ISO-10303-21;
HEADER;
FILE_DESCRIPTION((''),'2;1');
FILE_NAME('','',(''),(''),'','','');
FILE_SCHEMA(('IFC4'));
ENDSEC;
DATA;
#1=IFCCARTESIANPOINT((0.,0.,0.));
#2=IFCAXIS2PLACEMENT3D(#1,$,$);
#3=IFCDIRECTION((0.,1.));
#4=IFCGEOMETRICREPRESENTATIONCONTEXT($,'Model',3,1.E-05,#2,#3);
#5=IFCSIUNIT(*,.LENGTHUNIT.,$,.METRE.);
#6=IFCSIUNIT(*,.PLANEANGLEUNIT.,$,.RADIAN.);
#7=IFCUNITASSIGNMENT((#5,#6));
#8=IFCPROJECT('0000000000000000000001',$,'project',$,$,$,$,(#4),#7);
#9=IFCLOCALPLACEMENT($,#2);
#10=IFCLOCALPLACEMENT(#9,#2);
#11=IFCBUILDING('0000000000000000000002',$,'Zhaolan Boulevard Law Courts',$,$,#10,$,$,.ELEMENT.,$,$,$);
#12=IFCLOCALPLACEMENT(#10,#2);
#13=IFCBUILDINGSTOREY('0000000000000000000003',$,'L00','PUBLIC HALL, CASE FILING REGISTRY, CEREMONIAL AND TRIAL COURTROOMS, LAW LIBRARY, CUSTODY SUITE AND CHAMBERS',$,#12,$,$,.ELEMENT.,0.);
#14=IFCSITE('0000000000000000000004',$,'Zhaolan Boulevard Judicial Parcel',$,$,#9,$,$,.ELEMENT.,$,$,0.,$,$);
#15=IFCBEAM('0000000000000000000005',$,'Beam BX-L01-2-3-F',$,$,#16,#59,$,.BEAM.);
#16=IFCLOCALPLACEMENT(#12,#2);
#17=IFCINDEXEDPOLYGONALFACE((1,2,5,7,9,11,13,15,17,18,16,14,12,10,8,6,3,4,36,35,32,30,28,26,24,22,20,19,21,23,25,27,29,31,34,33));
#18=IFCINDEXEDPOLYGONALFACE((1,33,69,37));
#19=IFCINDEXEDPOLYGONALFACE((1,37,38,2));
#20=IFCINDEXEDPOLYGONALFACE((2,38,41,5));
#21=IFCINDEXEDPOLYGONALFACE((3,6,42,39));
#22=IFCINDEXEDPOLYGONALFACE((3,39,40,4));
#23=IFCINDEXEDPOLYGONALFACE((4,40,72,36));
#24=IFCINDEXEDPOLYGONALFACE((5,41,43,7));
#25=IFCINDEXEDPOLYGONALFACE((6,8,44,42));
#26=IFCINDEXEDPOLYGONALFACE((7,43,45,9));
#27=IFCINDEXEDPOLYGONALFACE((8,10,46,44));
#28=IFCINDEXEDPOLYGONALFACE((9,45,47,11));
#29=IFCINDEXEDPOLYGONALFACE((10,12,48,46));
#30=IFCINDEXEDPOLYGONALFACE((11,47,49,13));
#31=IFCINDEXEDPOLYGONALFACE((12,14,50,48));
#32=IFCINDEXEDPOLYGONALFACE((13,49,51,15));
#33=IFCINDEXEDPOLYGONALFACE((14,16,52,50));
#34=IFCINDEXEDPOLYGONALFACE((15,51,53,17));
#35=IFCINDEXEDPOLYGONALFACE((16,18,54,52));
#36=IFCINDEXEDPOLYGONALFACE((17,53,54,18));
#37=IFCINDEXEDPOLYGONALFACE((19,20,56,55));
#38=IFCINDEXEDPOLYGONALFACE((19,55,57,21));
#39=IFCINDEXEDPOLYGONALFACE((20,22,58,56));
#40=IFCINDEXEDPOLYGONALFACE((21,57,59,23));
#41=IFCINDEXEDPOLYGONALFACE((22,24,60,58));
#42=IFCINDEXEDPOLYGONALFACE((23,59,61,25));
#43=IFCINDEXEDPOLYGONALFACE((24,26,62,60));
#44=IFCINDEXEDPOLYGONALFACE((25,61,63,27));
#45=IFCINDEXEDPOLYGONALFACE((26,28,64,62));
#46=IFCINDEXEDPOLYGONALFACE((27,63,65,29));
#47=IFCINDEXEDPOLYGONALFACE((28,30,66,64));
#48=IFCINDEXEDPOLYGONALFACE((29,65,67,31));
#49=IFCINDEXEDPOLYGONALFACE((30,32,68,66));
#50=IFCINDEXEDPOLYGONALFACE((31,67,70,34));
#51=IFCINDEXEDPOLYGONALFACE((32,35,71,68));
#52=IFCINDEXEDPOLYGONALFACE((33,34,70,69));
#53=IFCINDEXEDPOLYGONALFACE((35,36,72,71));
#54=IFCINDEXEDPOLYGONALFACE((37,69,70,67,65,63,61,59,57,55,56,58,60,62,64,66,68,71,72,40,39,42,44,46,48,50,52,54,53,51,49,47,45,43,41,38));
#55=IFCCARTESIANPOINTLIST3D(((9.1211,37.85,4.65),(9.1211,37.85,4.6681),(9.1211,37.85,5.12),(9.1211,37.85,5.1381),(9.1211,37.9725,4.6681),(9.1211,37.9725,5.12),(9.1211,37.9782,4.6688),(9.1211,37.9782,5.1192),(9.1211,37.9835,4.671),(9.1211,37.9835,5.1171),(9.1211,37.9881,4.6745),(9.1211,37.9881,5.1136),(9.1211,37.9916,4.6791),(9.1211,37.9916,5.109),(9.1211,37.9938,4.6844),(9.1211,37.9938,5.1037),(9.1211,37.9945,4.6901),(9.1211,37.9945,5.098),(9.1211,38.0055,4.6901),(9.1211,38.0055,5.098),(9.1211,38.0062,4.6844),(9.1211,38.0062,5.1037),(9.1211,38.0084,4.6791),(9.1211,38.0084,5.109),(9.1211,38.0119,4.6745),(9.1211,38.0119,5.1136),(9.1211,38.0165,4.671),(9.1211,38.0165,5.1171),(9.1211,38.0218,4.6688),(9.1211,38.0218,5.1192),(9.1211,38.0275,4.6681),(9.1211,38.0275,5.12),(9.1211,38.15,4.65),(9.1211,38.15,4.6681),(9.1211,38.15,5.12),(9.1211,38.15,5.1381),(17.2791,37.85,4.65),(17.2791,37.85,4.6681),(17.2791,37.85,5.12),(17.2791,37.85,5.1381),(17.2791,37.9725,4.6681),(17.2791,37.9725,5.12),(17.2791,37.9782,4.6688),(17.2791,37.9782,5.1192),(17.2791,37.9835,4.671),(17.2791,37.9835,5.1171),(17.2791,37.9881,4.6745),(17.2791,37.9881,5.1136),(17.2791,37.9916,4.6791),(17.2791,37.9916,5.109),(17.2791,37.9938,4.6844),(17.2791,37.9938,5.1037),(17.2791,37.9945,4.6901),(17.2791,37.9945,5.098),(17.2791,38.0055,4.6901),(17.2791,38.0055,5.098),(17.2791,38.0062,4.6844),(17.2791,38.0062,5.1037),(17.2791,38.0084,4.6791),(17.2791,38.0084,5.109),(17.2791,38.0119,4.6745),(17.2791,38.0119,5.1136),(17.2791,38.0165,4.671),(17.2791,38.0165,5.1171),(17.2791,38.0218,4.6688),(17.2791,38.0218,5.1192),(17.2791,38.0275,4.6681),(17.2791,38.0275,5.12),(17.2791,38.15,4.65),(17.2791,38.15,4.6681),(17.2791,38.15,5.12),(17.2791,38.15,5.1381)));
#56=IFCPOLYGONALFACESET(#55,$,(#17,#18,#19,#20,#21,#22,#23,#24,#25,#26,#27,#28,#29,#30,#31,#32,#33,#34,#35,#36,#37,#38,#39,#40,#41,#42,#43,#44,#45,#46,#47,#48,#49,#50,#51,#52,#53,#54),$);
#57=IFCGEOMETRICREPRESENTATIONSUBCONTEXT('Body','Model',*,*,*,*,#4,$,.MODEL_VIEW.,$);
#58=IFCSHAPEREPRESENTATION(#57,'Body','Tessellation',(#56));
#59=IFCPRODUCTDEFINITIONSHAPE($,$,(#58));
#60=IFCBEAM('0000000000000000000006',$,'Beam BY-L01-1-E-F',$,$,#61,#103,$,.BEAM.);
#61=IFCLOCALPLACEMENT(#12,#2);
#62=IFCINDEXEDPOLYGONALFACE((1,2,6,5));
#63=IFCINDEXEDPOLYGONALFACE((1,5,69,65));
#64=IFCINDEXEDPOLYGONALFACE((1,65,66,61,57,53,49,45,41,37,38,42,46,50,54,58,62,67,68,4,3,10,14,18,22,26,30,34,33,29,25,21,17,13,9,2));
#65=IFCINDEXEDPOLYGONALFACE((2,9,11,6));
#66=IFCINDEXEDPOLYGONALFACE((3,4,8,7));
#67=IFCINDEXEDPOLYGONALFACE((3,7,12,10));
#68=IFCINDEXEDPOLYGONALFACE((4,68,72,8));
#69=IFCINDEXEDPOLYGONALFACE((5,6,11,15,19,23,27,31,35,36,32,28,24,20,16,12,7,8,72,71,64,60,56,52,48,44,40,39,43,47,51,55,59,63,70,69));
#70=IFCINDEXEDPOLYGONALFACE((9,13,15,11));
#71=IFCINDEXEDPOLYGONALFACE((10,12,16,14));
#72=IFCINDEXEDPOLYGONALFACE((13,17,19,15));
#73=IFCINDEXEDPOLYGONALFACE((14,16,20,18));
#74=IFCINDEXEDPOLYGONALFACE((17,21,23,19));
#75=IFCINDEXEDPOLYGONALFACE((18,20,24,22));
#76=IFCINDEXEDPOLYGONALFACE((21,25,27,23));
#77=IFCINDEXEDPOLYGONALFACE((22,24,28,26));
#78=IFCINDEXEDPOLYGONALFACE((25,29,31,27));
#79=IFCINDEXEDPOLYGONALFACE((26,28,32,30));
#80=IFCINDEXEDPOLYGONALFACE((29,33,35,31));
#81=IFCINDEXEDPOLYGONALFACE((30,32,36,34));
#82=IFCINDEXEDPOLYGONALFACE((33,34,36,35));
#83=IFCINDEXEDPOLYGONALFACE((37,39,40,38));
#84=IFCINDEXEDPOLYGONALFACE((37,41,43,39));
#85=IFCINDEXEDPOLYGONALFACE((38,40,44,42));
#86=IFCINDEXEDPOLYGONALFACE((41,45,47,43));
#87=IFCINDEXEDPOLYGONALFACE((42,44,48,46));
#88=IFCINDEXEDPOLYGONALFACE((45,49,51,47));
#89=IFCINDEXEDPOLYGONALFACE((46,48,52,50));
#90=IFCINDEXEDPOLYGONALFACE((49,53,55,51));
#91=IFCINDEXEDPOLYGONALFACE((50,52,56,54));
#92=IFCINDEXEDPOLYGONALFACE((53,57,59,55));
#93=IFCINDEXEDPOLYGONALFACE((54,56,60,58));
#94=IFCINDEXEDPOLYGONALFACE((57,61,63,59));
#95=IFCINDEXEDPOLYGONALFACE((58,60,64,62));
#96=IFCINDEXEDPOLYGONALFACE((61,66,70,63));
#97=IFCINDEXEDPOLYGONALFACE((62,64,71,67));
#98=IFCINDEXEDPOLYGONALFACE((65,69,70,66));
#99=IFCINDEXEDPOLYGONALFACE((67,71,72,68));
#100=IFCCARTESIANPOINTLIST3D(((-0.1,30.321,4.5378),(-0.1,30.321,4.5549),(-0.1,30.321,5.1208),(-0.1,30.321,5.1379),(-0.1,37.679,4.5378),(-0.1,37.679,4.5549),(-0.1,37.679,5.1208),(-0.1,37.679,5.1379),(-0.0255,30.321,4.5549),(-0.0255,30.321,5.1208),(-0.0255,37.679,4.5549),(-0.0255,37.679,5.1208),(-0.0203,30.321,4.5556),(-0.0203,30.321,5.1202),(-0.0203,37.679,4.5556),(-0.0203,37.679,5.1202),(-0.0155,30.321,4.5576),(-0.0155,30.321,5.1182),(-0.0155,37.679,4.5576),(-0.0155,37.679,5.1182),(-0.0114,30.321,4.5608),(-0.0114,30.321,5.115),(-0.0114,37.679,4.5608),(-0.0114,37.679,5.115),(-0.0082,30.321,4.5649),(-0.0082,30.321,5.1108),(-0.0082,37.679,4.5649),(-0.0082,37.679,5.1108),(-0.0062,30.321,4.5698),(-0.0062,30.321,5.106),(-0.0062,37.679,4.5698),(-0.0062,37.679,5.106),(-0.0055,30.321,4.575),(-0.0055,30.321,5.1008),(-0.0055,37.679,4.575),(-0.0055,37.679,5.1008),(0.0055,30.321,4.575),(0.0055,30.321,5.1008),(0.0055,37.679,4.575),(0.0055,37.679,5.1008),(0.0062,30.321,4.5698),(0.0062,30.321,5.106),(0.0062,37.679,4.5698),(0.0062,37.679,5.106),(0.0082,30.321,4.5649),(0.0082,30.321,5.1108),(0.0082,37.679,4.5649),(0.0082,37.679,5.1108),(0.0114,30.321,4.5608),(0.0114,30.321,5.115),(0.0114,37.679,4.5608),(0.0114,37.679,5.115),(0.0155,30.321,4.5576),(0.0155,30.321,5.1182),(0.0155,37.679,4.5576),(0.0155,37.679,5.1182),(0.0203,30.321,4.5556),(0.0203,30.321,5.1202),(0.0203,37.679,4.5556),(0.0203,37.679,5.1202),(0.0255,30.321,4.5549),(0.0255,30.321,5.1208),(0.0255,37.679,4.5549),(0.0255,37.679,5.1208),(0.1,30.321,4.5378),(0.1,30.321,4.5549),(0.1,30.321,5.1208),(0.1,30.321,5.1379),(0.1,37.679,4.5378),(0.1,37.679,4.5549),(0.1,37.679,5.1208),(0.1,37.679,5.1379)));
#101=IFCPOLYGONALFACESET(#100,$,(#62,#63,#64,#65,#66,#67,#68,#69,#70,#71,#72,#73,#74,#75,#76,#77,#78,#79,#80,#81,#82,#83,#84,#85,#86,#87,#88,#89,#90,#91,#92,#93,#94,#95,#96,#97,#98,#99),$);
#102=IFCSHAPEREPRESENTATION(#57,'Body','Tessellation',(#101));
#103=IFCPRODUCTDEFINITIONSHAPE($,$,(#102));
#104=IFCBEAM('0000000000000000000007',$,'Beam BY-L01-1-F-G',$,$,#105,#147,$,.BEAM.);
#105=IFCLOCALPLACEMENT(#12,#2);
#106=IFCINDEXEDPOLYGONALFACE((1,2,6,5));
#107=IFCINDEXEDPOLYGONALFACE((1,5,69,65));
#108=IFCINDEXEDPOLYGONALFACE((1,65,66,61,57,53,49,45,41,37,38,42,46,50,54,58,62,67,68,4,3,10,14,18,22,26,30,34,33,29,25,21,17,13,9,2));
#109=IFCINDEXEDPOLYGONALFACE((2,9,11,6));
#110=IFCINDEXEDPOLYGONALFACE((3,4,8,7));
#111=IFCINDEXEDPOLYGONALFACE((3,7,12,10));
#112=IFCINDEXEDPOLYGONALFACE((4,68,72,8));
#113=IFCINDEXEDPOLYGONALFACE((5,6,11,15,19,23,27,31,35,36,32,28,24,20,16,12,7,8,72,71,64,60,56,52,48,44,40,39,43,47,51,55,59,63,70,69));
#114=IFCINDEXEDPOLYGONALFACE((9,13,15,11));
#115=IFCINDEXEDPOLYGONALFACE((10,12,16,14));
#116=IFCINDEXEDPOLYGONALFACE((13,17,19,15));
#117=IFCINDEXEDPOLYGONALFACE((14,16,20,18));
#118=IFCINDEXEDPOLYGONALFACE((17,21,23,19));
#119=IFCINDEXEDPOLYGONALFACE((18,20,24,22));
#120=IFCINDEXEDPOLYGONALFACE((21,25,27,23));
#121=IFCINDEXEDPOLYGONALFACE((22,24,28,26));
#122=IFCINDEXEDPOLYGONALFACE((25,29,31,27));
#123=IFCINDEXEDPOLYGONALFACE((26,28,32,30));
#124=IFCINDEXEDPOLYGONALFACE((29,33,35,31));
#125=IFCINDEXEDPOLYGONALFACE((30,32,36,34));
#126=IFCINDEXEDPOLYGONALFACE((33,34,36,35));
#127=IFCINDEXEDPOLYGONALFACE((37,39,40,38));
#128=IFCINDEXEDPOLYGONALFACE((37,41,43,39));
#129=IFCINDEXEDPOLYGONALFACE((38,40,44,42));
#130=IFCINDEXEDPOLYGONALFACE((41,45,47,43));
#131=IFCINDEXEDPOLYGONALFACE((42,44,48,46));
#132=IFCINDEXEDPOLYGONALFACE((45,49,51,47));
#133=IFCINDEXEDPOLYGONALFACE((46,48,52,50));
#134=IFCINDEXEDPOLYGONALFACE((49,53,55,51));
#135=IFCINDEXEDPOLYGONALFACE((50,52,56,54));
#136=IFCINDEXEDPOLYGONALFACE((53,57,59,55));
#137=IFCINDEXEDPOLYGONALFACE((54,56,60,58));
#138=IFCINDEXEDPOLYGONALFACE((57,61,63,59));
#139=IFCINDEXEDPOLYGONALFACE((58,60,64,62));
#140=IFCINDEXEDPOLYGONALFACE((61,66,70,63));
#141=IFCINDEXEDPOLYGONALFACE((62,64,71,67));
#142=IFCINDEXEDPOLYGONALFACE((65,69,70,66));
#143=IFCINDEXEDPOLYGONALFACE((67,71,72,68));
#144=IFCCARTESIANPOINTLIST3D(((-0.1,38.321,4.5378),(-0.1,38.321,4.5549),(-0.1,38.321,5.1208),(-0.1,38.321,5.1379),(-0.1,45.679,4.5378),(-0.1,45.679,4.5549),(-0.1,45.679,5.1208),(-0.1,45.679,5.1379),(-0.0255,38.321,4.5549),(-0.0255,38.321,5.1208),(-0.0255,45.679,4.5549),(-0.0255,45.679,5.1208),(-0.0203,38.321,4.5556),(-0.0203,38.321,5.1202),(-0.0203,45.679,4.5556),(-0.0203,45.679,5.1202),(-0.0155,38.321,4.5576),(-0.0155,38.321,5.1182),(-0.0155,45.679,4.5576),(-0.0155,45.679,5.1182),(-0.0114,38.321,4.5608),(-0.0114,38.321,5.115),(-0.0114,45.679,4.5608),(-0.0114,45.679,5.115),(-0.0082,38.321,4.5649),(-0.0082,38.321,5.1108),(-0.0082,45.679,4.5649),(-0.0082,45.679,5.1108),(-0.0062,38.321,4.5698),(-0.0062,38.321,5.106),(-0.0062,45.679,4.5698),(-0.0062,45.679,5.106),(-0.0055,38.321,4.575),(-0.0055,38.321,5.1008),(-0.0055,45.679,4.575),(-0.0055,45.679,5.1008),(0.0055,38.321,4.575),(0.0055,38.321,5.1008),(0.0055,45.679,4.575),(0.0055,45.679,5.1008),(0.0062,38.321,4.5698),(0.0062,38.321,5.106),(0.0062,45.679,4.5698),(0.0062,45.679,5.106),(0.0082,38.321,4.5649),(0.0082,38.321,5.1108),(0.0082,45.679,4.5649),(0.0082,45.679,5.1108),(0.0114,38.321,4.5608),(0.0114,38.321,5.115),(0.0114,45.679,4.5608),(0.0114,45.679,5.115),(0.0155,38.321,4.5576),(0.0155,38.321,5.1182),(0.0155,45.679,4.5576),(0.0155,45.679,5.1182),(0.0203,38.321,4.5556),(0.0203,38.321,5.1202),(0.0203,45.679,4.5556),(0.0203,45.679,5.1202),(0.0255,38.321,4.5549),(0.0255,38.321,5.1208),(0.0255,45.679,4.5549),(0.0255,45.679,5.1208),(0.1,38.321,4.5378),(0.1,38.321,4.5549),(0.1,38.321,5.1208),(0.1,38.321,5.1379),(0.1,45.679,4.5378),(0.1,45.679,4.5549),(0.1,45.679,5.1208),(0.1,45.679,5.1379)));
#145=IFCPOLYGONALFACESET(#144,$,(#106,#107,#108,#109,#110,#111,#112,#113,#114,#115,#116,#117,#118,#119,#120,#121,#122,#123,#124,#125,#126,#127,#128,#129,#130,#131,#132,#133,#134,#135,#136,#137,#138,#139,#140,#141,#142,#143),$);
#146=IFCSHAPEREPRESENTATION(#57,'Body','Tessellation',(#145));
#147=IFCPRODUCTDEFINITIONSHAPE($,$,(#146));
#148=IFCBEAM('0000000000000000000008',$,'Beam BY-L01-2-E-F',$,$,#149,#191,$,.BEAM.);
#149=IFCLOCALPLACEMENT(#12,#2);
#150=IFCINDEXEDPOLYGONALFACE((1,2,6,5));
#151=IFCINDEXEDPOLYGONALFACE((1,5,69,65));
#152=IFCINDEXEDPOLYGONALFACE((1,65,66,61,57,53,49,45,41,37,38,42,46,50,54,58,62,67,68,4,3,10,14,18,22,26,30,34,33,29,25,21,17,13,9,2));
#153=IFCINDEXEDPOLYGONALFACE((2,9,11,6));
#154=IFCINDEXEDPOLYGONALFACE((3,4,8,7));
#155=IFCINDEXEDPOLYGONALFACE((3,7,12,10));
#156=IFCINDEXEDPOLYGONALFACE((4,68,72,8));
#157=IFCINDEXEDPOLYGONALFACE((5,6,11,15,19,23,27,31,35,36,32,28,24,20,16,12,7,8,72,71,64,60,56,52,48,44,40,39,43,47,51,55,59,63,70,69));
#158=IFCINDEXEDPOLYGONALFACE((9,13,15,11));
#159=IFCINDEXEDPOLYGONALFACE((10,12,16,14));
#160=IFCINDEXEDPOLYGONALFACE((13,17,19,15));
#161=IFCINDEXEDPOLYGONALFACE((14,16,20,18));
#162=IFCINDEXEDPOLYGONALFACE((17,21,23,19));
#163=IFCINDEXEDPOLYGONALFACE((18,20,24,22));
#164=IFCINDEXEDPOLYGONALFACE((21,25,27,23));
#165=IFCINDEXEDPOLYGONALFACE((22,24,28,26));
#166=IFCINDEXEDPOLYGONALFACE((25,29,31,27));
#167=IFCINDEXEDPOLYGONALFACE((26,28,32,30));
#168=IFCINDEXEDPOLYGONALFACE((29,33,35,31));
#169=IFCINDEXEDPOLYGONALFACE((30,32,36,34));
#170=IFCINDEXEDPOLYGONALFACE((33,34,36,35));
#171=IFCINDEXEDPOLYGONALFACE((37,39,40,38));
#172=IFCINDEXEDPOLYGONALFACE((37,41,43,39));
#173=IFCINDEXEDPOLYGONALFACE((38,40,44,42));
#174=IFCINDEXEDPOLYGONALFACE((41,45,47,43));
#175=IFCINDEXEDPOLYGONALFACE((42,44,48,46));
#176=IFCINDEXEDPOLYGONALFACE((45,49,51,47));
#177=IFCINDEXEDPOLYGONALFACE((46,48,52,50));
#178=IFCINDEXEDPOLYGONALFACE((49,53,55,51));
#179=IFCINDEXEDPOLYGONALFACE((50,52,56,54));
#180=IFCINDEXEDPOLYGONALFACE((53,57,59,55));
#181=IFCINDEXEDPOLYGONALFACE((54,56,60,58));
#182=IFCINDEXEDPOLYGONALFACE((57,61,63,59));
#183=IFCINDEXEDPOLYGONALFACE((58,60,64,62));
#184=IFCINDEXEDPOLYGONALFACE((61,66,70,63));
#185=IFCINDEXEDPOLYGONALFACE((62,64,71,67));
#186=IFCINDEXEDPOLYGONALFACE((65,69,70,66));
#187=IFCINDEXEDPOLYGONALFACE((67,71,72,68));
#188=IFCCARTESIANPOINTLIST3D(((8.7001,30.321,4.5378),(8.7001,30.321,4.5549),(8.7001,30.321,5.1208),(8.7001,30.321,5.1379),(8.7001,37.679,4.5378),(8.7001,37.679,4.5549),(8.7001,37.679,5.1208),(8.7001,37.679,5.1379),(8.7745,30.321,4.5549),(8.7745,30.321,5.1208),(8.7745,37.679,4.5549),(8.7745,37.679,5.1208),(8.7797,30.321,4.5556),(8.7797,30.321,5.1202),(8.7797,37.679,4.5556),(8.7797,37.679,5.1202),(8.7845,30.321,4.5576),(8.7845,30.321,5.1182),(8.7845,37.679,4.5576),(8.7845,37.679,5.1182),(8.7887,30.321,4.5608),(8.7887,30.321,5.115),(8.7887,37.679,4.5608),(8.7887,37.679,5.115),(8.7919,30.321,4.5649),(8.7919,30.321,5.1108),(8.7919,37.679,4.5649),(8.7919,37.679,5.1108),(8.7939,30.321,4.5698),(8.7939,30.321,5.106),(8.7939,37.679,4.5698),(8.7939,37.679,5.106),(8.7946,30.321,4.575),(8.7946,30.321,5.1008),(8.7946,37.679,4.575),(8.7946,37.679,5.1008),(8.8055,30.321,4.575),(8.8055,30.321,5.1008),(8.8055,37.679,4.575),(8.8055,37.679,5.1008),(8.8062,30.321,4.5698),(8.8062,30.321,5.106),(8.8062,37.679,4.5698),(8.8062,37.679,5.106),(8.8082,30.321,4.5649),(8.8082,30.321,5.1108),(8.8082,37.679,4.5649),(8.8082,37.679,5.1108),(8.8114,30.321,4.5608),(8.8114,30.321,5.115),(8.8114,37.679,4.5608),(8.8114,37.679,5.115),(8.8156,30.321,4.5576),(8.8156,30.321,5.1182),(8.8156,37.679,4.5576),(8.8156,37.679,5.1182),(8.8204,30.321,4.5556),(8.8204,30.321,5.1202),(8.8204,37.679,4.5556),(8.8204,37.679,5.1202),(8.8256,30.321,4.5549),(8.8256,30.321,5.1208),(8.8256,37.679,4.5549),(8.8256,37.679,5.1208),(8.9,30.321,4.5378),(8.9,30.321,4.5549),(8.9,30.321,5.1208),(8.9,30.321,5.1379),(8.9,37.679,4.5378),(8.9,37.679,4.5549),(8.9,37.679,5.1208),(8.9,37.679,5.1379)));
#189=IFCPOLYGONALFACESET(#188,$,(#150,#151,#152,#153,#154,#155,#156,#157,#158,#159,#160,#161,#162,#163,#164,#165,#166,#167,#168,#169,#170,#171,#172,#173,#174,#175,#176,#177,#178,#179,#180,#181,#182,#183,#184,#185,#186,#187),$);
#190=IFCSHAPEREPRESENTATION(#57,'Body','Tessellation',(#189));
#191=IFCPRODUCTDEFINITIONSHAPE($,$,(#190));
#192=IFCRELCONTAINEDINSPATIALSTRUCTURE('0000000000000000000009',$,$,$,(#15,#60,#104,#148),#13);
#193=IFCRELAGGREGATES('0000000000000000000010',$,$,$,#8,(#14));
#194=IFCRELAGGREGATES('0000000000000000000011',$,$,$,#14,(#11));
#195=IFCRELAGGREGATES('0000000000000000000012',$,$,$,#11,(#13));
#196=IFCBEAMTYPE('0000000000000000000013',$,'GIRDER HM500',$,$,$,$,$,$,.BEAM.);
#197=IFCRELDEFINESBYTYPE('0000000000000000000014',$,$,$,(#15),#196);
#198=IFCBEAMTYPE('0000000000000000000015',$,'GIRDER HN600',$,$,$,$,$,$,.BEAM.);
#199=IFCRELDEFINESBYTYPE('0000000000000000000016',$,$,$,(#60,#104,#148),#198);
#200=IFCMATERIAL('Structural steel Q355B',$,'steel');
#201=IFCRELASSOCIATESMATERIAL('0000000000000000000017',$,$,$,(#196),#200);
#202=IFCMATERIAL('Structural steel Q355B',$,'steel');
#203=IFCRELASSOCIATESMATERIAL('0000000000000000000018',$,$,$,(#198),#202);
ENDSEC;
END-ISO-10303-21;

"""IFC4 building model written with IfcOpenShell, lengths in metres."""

from ifc_helpers import new_model, si_unit, direction, frame, origin, origin_2d, place, context, subcontext, project, spatial, i_section, extrude, material, material_profile, profile_set, type_object, element, save


model = new_model("IFC4")

# Units and contexts
model_context = context("Model", 3, precision=1e-05, world=origin(), true_north=direction((0.0, 1.0)))
body_context = subcontext(model_context, "Body", "Model", "MODEL_VIEW")
ifc_project = project(units=[si_unit("LENGTHUNIT", "METRE"), si_unit("PLANEANGLEUNIT", "RADIAN")], contexts=[model_context])

# Site, building, storey
site_placement = place(None, origin())
site = spatial("IfcSite", under=ifc_project, at=site_placement, Name="Zhaolan Boulevard Judicial Parcel", CompositionType="ELEMENT", RefElevation=0.0)
building_placement = place(site_placement, origin())
building = spatial("IfcBuilding", under=site, at=building_placement, Name="Zhaolan Boulevard Law Courts", CompositionType="ELEMENT")
storey_placement = place(building_placement, origin())
storey = spatial("IfcBuildingStorey", under=building, at=storey_placement, Name="L00", Description="PUBLIC HALL, CASE FILING REGISTRY, CEREMONIAL AND TRIAL COURTROOMS, LAW LIBRARY, CUSTODY SUITE AND CHAMBERS", CompositionType="ELEMENT", Elevation=0.0)

# Beams
ifc_material_1 = material(Name="Structural steel Q355B", Category="steel")
ifc_material_profile_1 = material_profile(ifc_material_1, i_section(OverallWidth=0.3, OverallDepth=0.488, WebThickness=0.011, FlangeThickness=0.0181, FilletRadius=0.022, at=origin_2d()), Name="HM488x300")
ifc_profile_set_1 = profile_set([ifc_material_profile_1], Name="Structural steel Q355B")
beam_type_1 = type_object("IfcBeamType", Name="GIRDER HM500", PredefinedType="BEAM", material=ifc_profile_set_1)
for number, where, z_axis, x_axis, name in (
    (1, (9.1211, 38.0, 4.894), (1.0, 0.0, 0.0), (0.0, 1.0, 0.0), "Beam BX-L01-2-3-F"),
):
    element("IfcBeam", number, at=place(storey_placement, frame(where, z_axis=z_axis, x_axis=x_axis)), inside=storey, type_object=beam_type_1, Name=name, PredefinedType="BEAM", context=body_context, shape_type="SweptSolid", body=[
        extrude(i_section(OverallWidth=0.3, OverallDepth=0.488, WebThickness=0.011, FlangeThickness=0.0181, FilletRadius=0.022, at=origin_2d()), origin(), (0.0, 0.0, 1.0), 8.158),
    ])
ifc_material_2 = material(Name="Structural steel Q355B", Category="steel")
ifc_material_profile_2 = material_profile(ifc_material_2, i_section(OverallWidth=0.2, OverallDepth=0.6001, WebThickness=0.011, FlangeThickness=0.0171, FilletRadius=0.02, at=origin_2d()), Name="HN600x200")
ifc_profile_set_2 = profile_set([ifc_material_profile_2], Name="Structural steel Q355B")
beam_type_2 = type_object("IfcBeamType", Name="GIRDER HN600", PredefinedType="BEAM", material=ifc_profile_set_2)
for number, where, z_axis, x_axis, name in (
    (2, (0.0, 30.321, 4.8379), (0.0, 1.0, 0.0), (-1.0, 0.0, 0.0), "Beam BY-L01-1-E-F"),
    (3, (0.0, 38.321, 4.8379), (0.0, 1.0, 0.0), (-1.0, 0.0, 0.0), "Beam BY-L01-1-F-G"),
    (4, (8.8, 30.321, 4.8379), (0.0, 1.0, 0.0), (-1.0, 0.0, 0.0), "Beam BY-L01-2-E-F"),
):
    element("IfcBeam", number, at=place(storey_placement, frame(where, z_axis=z_axis, x_axis=x_axis)), inside=storey, type_object=beam_type_2, Name=name, PredefinedType="BEAM", context=body_context, shape_type="SweptSolid", body=[
        extrude(i_section(OverallWidth=0.2, OverallDepth=0.6001, WebThickness=0.011, FlangeThickness=0.0171, FilletRadius=0.02, at=origin_2d()), origin(), (0.0, 0.0, 1.0), 7.3579),
    ])

save(model, "model.ifc")
